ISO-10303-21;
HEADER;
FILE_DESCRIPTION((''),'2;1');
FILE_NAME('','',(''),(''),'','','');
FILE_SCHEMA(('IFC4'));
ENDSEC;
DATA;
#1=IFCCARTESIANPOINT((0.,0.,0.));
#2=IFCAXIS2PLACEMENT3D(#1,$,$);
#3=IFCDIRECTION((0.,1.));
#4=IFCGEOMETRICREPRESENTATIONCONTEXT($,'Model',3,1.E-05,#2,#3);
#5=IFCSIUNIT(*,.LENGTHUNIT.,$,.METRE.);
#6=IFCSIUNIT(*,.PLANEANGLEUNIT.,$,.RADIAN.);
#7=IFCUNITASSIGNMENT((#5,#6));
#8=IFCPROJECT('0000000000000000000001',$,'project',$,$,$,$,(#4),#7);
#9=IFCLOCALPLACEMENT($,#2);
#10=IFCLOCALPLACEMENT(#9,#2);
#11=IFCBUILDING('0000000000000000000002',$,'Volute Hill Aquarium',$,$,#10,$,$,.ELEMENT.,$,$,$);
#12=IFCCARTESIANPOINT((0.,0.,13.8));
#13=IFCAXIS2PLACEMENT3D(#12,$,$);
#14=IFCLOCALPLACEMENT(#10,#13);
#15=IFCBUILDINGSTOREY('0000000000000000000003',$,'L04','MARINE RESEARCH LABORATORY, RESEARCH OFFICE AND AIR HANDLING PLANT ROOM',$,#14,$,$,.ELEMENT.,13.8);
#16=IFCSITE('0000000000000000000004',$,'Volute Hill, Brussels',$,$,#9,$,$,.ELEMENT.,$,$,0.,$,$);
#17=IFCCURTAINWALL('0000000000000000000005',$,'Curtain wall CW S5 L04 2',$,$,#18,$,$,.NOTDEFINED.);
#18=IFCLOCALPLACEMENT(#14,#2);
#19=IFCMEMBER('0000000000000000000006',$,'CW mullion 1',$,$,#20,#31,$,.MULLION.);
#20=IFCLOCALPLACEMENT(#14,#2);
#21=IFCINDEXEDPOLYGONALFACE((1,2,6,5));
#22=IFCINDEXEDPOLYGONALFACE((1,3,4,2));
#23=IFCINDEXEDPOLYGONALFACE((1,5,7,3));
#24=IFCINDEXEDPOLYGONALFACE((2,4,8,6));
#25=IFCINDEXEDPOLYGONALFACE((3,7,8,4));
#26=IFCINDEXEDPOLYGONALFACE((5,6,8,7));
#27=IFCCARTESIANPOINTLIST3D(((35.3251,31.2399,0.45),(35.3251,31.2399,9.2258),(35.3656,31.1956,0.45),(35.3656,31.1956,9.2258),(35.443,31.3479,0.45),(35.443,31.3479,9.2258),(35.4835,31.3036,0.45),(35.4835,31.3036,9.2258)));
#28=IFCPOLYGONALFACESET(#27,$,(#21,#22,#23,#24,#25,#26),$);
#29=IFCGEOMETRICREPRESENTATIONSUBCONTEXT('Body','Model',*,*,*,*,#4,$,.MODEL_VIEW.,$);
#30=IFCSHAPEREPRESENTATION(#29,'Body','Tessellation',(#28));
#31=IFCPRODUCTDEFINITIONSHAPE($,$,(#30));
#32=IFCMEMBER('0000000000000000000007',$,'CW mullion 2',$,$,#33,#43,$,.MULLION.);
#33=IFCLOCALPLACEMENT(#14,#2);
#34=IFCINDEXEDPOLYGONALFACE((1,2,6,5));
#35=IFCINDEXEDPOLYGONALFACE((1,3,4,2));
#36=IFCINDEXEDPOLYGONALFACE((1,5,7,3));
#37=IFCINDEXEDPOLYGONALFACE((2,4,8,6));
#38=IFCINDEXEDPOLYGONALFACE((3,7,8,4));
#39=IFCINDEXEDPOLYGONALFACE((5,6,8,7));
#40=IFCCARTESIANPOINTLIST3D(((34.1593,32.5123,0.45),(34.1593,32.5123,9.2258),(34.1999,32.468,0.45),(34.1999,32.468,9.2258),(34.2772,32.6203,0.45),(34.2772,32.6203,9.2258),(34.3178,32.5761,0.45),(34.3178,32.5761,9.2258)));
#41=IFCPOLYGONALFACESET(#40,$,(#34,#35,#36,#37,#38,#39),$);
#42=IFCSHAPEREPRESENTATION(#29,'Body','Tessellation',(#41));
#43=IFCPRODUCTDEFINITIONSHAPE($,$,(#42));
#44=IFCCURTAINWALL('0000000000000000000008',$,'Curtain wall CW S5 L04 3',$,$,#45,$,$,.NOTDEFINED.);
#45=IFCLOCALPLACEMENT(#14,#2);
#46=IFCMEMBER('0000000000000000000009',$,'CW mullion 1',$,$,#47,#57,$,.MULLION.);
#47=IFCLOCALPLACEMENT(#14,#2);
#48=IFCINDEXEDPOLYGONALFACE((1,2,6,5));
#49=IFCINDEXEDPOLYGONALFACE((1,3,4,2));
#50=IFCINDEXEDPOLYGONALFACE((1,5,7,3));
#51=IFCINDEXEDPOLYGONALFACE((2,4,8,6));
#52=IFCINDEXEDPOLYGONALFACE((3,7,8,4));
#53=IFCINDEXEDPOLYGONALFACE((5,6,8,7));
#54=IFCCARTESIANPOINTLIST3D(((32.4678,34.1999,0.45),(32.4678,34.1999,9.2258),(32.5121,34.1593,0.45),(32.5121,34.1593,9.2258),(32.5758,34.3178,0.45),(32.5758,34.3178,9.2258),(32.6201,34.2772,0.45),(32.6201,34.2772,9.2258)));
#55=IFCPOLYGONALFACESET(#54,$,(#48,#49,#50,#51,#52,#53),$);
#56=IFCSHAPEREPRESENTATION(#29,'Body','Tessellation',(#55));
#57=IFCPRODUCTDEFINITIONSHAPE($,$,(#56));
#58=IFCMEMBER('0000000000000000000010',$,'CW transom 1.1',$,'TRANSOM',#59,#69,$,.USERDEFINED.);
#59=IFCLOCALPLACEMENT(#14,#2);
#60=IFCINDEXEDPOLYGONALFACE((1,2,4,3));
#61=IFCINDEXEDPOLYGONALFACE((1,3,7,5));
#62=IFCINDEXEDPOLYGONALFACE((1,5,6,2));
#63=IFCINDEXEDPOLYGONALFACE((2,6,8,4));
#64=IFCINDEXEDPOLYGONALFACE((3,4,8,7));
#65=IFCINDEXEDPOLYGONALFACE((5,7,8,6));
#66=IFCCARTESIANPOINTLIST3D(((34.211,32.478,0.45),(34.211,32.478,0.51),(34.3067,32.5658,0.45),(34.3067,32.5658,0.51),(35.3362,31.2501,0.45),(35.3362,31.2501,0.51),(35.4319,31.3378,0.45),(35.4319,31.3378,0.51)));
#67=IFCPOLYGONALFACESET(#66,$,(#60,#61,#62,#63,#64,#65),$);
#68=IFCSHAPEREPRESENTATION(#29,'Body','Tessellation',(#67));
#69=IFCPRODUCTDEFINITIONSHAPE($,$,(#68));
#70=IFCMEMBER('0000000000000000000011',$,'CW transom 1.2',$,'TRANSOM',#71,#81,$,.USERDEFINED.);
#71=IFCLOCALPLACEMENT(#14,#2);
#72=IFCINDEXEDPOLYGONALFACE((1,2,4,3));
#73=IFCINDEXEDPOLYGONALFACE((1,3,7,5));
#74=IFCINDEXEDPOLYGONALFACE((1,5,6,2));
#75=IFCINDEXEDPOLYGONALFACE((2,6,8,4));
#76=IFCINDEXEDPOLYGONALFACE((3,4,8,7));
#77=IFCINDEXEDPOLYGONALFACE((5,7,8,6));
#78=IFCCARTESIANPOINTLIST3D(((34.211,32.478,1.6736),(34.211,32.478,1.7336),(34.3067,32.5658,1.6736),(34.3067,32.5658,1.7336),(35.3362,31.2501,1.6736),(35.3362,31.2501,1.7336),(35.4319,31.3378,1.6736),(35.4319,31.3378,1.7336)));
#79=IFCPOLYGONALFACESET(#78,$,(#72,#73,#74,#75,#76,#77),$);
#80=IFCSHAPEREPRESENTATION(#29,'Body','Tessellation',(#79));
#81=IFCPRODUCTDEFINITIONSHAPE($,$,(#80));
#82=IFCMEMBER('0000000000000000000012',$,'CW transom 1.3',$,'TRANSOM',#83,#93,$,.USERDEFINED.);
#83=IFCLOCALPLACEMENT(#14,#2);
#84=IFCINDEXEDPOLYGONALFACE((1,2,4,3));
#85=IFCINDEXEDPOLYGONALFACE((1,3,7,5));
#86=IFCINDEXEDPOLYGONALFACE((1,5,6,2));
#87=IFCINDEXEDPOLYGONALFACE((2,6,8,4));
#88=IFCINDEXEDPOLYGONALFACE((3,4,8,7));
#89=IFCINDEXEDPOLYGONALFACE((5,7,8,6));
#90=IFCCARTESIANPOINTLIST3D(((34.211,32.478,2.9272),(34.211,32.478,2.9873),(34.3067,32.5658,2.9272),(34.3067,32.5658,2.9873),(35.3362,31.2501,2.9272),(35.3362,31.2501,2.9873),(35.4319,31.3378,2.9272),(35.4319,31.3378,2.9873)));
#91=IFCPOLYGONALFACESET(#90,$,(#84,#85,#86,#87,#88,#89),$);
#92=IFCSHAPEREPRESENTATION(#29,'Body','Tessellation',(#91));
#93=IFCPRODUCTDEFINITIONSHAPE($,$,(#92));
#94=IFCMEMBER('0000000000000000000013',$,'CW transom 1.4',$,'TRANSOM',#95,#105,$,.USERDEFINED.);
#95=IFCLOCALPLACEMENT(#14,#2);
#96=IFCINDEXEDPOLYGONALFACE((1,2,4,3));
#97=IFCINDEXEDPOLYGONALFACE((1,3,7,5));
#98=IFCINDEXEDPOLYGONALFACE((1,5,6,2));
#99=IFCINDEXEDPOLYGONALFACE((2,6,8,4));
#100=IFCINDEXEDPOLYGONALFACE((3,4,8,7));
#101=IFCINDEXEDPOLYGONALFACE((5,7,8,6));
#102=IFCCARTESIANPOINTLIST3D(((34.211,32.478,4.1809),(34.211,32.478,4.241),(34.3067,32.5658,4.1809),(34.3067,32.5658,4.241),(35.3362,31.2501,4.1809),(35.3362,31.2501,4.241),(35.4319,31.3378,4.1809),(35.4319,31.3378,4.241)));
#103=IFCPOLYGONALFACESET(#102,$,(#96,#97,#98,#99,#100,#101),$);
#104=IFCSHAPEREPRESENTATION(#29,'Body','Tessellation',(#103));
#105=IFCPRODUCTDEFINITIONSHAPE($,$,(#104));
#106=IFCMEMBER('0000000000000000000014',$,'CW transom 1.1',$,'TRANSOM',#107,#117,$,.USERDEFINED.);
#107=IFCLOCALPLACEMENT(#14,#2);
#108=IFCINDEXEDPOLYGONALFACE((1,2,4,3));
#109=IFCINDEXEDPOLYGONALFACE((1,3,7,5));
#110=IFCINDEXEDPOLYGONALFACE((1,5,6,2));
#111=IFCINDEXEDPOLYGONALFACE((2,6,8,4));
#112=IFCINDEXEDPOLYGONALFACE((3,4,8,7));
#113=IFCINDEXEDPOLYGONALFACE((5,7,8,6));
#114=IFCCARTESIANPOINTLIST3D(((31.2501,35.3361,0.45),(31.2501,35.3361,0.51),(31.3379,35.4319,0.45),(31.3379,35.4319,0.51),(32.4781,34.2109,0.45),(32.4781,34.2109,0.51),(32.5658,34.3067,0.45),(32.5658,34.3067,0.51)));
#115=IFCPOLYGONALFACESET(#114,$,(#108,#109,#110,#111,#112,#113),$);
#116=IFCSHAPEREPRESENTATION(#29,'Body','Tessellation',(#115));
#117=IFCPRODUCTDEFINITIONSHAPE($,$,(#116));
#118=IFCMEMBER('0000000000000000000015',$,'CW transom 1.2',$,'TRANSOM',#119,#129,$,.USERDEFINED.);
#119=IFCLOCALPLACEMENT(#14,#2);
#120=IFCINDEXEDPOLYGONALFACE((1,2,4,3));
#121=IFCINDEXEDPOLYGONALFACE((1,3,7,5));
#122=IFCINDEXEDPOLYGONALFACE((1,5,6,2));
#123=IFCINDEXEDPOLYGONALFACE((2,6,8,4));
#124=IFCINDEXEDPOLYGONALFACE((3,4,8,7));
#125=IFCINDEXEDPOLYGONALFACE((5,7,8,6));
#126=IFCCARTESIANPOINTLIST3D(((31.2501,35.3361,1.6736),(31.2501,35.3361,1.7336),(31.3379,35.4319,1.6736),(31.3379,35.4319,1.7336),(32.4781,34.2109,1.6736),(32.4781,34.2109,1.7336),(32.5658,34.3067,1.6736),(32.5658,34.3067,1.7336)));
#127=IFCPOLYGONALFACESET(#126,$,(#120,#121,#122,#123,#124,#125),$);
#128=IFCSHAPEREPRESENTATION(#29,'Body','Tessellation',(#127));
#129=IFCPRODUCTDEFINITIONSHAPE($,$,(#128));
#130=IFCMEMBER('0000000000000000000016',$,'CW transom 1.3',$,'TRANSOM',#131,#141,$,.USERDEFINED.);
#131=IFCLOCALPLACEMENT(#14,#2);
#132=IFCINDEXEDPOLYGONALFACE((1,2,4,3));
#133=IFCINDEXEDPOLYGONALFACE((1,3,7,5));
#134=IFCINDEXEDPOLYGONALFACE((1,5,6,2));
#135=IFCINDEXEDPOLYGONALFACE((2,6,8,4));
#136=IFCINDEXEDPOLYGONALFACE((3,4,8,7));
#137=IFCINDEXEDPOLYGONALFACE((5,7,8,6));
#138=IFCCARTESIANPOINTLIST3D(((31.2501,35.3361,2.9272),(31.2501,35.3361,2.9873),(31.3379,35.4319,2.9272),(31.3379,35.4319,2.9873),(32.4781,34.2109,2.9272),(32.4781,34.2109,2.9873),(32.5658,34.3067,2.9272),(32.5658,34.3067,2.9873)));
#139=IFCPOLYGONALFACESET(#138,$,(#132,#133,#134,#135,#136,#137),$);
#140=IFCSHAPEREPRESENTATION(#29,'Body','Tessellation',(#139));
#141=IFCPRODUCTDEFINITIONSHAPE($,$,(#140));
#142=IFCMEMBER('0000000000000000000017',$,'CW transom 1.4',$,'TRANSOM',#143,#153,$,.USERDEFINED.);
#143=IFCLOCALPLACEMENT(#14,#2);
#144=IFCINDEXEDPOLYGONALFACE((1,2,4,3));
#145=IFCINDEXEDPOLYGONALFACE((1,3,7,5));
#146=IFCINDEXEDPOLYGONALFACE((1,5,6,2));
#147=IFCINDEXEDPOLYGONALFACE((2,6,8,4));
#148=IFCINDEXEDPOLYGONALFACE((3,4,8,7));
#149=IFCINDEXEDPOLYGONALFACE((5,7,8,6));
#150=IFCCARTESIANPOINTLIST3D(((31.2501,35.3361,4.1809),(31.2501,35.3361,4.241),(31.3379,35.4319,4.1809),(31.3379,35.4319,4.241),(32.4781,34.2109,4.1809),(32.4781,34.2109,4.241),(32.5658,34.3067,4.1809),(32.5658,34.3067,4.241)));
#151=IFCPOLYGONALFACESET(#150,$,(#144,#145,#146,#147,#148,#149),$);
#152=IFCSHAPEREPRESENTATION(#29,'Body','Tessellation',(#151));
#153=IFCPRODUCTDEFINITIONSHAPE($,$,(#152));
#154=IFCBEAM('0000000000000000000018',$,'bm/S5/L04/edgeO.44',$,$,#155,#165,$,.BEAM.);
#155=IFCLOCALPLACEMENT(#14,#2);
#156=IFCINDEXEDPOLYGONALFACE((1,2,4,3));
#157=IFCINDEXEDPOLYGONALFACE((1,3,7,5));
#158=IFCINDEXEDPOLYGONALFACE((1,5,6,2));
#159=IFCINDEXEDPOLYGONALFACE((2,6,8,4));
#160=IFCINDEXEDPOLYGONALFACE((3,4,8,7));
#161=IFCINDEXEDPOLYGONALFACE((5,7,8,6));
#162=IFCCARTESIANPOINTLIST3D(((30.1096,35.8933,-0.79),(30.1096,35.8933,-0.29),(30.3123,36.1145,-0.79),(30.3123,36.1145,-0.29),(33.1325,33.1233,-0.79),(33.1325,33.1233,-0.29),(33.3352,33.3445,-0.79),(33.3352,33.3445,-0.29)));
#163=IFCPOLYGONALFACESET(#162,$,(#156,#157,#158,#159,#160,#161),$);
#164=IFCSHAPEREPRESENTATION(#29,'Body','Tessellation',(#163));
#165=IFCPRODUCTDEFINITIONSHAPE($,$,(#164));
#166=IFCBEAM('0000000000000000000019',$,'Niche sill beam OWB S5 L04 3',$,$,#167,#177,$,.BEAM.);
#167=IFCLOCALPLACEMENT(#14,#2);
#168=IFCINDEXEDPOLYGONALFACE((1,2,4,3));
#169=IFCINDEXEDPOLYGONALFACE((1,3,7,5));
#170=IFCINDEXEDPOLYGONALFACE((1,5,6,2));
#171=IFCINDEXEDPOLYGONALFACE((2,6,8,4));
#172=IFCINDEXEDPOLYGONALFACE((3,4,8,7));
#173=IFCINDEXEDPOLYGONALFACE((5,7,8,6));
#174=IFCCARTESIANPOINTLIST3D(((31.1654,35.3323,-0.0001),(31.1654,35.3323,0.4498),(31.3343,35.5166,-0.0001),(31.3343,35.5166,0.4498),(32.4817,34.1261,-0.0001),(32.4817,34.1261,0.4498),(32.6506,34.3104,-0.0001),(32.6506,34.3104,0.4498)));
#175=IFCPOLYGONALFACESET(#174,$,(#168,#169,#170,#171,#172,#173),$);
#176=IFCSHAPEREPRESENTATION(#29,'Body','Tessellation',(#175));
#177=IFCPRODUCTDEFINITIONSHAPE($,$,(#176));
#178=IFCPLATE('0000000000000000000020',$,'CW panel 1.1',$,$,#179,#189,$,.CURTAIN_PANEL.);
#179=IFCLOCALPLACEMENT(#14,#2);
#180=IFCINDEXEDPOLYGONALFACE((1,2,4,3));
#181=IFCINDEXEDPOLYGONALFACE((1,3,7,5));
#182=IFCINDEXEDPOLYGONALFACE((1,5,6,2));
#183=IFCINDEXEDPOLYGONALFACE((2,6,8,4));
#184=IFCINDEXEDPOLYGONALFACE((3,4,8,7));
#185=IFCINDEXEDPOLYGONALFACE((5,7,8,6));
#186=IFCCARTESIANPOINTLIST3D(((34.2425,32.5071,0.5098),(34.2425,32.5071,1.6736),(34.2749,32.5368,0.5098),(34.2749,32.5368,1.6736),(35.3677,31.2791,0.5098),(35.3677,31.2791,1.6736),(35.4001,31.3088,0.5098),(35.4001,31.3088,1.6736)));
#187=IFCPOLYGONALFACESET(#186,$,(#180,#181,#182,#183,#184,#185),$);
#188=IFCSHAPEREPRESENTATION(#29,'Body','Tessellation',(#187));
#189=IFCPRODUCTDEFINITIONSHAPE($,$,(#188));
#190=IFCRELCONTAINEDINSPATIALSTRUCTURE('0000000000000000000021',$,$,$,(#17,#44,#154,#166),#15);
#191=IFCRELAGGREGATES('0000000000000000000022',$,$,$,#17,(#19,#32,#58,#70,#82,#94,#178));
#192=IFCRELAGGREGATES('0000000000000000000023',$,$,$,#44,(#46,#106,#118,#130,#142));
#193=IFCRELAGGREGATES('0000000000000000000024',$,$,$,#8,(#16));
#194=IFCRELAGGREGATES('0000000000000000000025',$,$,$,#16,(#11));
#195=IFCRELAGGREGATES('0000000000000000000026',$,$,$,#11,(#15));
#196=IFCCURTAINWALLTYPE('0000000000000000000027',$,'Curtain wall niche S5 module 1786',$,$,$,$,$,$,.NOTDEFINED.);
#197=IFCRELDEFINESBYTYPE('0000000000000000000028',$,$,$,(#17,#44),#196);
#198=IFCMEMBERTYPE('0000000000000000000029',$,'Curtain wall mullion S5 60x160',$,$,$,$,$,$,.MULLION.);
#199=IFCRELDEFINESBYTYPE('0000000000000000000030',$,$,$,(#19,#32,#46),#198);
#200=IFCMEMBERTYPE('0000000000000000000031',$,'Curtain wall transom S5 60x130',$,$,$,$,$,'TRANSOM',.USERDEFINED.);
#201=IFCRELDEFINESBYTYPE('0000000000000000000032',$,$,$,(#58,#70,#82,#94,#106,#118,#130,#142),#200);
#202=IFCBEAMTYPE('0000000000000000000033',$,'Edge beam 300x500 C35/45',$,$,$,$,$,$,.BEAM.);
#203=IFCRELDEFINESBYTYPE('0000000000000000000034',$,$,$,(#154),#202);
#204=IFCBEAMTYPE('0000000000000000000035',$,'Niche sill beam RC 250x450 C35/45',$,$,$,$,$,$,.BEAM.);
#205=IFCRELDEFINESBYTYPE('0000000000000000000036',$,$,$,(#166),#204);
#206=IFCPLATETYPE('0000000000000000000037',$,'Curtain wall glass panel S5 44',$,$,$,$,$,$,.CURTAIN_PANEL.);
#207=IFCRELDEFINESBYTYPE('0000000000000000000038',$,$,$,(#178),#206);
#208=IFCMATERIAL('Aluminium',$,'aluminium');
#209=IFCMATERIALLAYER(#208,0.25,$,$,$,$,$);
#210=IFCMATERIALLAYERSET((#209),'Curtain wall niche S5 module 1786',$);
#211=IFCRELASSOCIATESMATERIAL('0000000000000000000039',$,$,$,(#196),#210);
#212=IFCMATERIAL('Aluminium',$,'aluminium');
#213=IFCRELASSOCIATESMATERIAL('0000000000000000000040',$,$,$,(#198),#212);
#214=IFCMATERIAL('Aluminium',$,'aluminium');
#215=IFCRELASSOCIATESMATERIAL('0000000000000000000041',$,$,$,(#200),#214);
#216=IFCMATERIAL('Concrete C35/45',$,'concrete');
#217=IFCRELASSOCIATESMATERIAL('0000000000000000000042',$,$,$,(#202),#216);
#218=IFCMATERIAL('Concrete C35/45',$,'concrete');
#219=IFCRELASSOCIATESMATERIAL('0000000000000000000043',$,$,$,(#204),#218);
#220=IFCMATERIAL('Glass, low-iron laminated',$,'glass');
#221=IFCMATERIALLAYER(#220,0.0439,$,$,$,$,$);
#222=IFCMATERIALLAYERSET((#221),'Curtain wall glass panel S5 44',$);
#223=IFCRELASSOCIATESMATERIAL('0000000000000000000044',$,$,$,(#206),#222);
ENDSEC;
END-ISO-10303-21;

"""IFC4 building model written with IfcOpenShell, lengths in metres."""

from ifc_helpers import new_model, si_unit, direction, frame, origin, origin_2d, place, context, subcontext, project, spatial, rectangle, extrude, material, layer, layer_set, material_profile, profile_set, type_object, element, aggregate, save


model = new_model("IFC4")

# Units and contexts
model_context = context("Model", 3, precision=1e-05, world=origin(), true_north=direction((0.0, 1.0)))
body_context = subcontext(model_context, "Body", "Model", "MODEL_VIEW")
ifc_project = project(units=[si_unit("LENGTHUNIT", "METRE"), si_unit("PLANEANGLEUNIT", "RADIAN")], contexts=[model_context])

# Site, building, storey
site_placement = place(None, origin())
site = spatial("IfcSite", under=ifc_project, at=site_placement, Name="Volute Hill, Brussels", CompositionType="ELEMENT", RefElevation=0.0)
building_placement = place(site_placement, origin())
building = spatial("IfcBuilding", under=site, at=building_placement, Name="Volute Hill Aquarium", CompositionType="ELEMENT")
storey_placement = place(building_placement, frame((0.0, 0.0, 13.8)))
storey = spatial("IfcBuildingStorey", under=building, at=storey_placement, Name="L04", Description="MARINE RESEARCH LABORATORY, RESEARCH OFFICE AND AIR HANDLING PLANT ROOM", CompositionType="ELEMENT", Elevation=13.8)

# Curtain wall, members
ifc_material_1 = material(Name="Aluminium", Category="aluminium")
ifc_layer_1 = layer(ifc_material_1, 0.25)
ifc_layer_set_1 = layer_set([ifc_layer_1], Name="Curtain wall niche S5 module 1786")
curtain_wall_type = type_object("IfcCurtainWallType", Name="Curtain wall niche S5 module 1786", PredefinedType="NOTDEFINED", material=ifc_layer_set_1)
curtain_wall_1_placement = place(storey_placement, origin())
curtain_wall_1 = element("IfcCurtainWall", 1, at=curtain_wall_1_placement, inside=storey, type_object=curtain_wall_type, Name="Curtain wall CW S5 L04 2", PredefinedType="NOTDEFINED")
ifc_material_2 = material(Name="Aluminium", Category="aluminium")
ifc_material_profile_1 = material_profile(ifc_material_2, rectangle(XDim=0.1599, YDim=0.0601, at=origin_2d()), Name="Curtain wall mullion S5 60x160")
ifc_profile_set_1 = profile_set([ifc_material_profile_1], Name="Aluminium")
member_type_1 = type_object("IfcMemberType", Name="Curtain wall mullion S5 60x160", PredefinedType="MULLION", material=ifc_profile_set_1)
member_1_placement = place(storey_placement, frame((35.4043, 31.2717, 0.45), z_axis=(0.0, 0.0, 1.0), x_axis=(-0.737282, -0.675585, 0.0)))
member_1 = element("IfcMember", 2, at=member_1_placement, type_object=member_type_1, Name="CW mullion 1", PredefinedType="MULLION", context=body_context, shape_type="SweptSolid", body=[
    extrude(rectangle(XDim=0.1599, YDim=0.0601, at=origin_2d()), origin(), (0.0, 0.0, 1.0), 8.7759),
])
member_2_placement = place(storey_placement, frame((34.2385, 32.5442, 0.45), z_axis=(0.0, 0.0, 1.0), x_axis=(-0.737282, -0.675585, 0.0)))
member_2 = element("IfcMember", 3, at=member_2_placement, type_object=member_type_1, Name="CW mullion 2", PredefinedType="MULLION", context=body_context, shape_type="SweptSolid", body=[
    extrude(rectangle(XDim=0.1599, YDim=0.0601, at=origin_2d()), origin(), (0.0, 0.0, 1.0), 8.7759),
])

# Curtain wall, member
curtain_wall_2_placement = place(storey_placement, origin())
curtain_wall_2 = element("IfcCurtainWall", 4, at=curtain_wall_2_placement, inside=storey, type_object=curtain_wall_type, Name="Curtain wall CW S5 L04 3", PredefinedType="NOTDEFINED")
member_3_placement = place(storey_placement, frame((32.5439, 34.2385, 0.45), z_axis=(0.0, 0.0, 1.0), x_axis=(-0.675585, -0.737282, 0.0)))
member_3 = element("IfcMember", 5, at=member_3_placement, type_object=member_type_1, Name="CW mullion 1", PredefinedType="MULLION", context=body_context, shape_type="SweptSolid", body=[
    extrude(rectangle(XDim=0.1599, YDim=0.0601, at=origin_2d()), origin(), (0.0, 0.0, 1.0), 8.7759),
])

# Members
ifc_material_3 = material(Name="Aluminium", Category="aluminium")
ifc_material_profile_2 = material_profile(ifc_material_3, rectangle(XDim=0.1299, YDim=0.0601, at=origin_2d()), Name="Curtain wall transom S5 60x130")
ifc_profile_set_2 = profile_set([ifc_material_profile_2], Name="Aluminium")
member_type_2 = type_object("IfcMemberType", Name="Curtain wall transom S5 60x130", ElementType="TRANSOM", PredefinedType="USERDEFINED", material=ifc_profile_set_2)
member_4_placement = place(storey_placement, frame((35.384, 31.2939, 0.48), z_axis=(-0.675579, 0.737288, 0.0), x_axis=(-0.737288, -0.675579, 0.0)))
member_4 = element("IfcMember", 6, at=member_4_placement, type_object=member_type_2, Name="CW transom 1.1", ObjectType="TRANSOM", PredefinedType="USERDEFINED", context=body_context, shape_type="SweptSolid", body=[
    extrude(rectangle(XDim=0.1299, YDim=0.0601, at=origin_2d()), origin(), (0.0, 0.0, 1.0), 1.6655),
])
member_5_placement = place(storey_placement, frame((35.384, 31.2939, 1.7036), z_axis=(-0.675579, 0.737288, 0.0), x_axis=(-0.737288, -0.675579, 0.0)))
member_5 = element("IfcMember", 7, at=member_5_placement, type_object=member_type_2, Name="CW transom 1.2", ObjectType="TRANSOM", PredefinedType="USERDEFINED", context=body_context, shape_type="SweptSolid", body=[
    extrude(rectangle(XDim=0.1299, YDim=0.0601, at=origin_2d()), origin(), (0.0, 0.0, 1.0), 1.6655),
])
member_6_placement = place(storey_placement, frame((35.384, 31.2939, 2.9573), z_axis=(-0.675579, 0.737288, 0.0), x_axis=(-0.737288, -0.675579, 0.0)))
member_6 = element("IfcMember", 8, at=member_6_placement, type_object=member_type_2, Name="CW transom 1.3", ObjectType="TRANSOM", PredefinedType="USERDEFINED", context=body_context, shape_type="SweptSolid", body=[
    extrude(rectangle(XDim=0.1299, YDim=0.0601, at=origin_2d()), origin(), (0.0, 0.0, 1.0), 1.6655),
])
member_7_placement = place(storey_placement, frame((35.384, 31.2939, 4.2109), z_axis=(-0.675579, 0.737288, 0.0), x_axis=(-0.737288, -0.675579, 0.0)))
member_7 = element("IfcMember", 9, at=member_7_placement, type_object=member_type_2, Name="CW transom 1.4", ObjectType="TRANSOM", PredefinedType="USERDEFINED", context=body_context, shape_type="SweptSolid", body=[
    extrude(rectangle(XDim=0.1299, YDim=0.0601, at=origin_2d()), origin(), (0.0, 0.0, 1.0), 1.6655),
])
member_8_placement = place(storey_placement, frame((32.522, 34.2588, 0.48), z_axis=(-0.737288, 0.675579, 0.0), x_axis=(-0.675579, -0.737288, 0.0)))
member_8 = element("IfcMember", 10, at=member_8_placement, type_object=member_type_2, Name="CW transom 1.1", ObjectType="TRANSOM", PredefinedType="USERDEFINED", context=body_context, shape_type="SweptSolid", body=[
    extrude(rectangle(XDim=0.1299, YDim=0.0601, at=origin_2d()), origin(), (0.0, 0.0, 1.0), 1.6655),
])
member_9_placement = place(storey_placement, frame((32.522, 34.2588, 1.7036), z_axis=(-0.737288, 0.675579, 0.0), x_axis=(-0.675579, -0.737288, 0.0)))
member_9 = element("IfcMember", 11, at=member_9_placement, type_object=member_type_2, Name="CW transom 1.2", ObjectType="TRANSOM", PredefinedType="USERDEFINED", context=body_context, shape_type="SweptSolid", body=[
    extrude(rectangle(XDim=0.1299, YDim=0.0601, at=origin_2d()), origin(), (0.0, 0.0, 1.0), 1.6655),
])
member_10_placement = place(storey_placement, frame((32.522, 34.2588, 2.9573), z_axis=(-0.737288, 0.675579, 0.0), x_axis=(-0.675579, -0.737288, 0.0)))
member_10 = element("IfcMember", 12, at=member_10_placement, type_object=member_type_2, Name="CW transom 1.3", ObjectType="TRANSOM", PredefinedType="USERDEFINED", context=body_context, shape_type="SweptSolid", body=[
    extrude(rectangle(XDim=0.1299, YDim=0.0601, at=origin_2d()), origin(), (0.0, 0.0, 1.0), 1.6655),
])
member_11_placement = place(storey_placement, frame((32.522, 34.2588, 4.2109), z_axis=(-0.737288, 0.675579, 0.0), x_axis=(-0.675579, -0.737288, 0.0)))
member_11 = element("IfcMember", 13, at=member_11_placement, type_object=member_type_2, Name="CW transom 1.4", ObjectType="TRANSOM", PredefinedType="USERDEFINED", context=body_context, shape_type="SweptSolid", body=[
    extrude(rectangle(XDim=0.1299, YDim=0.0601, at=origin_2d()), origin(), (0.0, 0.0, 1.0), 1.6655),
])

# Beams
ifc_material_4 = material(Name="Concrete C35/45", Category="concrete")
ifc_material_profile_3 = material_profile(ifc_material_4, rectangle(XDim=0.3, YDim=0.5, at=origin_2d()), Name="RC edge beam 300x500")
ifc_profile_set_3 = profile_set([ifc_material_profile_3], Name="Concrete C35/45")
beam_type_1 = type_object("IfcBeamType", Name="Edge beam 300x500 C35/45", PredefinedType="BEAM", material=ifc_profile_set_3)
beam_1_placement = place(storey_placement, frame((33.2339, 33.2339, -0.54), z_axis=(-0.737278, 0.67559, 0.0), x_axis=(-0.67559, -0.737278, 0.0)))
element("IfcBeam", 14, at=beam_1_placement, inside=storey, type_object=beam_type_1, Name="bm/S5/L04/edgeO.44", PredefinedType="BEAM", context=body_context, shape_type="SweptSolid", body=[
    extrude(rectangle(XDim=0.3, YDim=0.5, at=origin_2d()), origin(), (0.0, 0.0, 1.0), 4.1001),
])
ifc_material_5 = material(Name="Concrete C35/45", Category="concrete")
ifc_material_profile_4 = material_profile(ifc_material_5, rectangle(XDim=0.25, YDim=0.45, at=origin_2d()), Name="RC beam 250x450")
ifc_profile_set_4 = profile_set([ifc_material_profile_4], Name="Concrete C35/45")
beam_type_2 = type_object("IfcBeamType", Name="Niche sill beam RC 250x450 C35/45", PredefinedType="BEAM", material=ifc_profile_set_4)
beam_2_placement = place(storey_placement, frame((32.5662, 34.2183, 0.2249), z_axis=(-0.737268, 0.675601, 0.0), x_axis=(-0.675601, -0.737268, 0.0)))
element("IfcBeam", 15, at=beam_2_placement, inside=storey, type_object=beam_type_2, Name="Niche sill beam OWB S5 L04 3", PredefinedType="BEAM", context=body_context, shape_type="SweptSolid", body=[
    extrude(rectangle(XDim=0.25, YDim=0.45, at=origin_2d()), origin(), (0.0, 0.0, 1.0), 1.7854),
])

# Plate
ifc_material_6 = material(Name="Glass, low-iron laminated", Category="glass")
ifc_layer_2 = layer(ifc_material_6, 0.0439)
ifc_layer_set_2 = layer_set([ifc_layer_2], Name="Curtain wall glass panel S5 44")
plate_type = type_object("IfcPlateType", Name="Curtain wall glass panel S5 44", PredefinedType="CURTAIN_PANEL", material=ifc_layer_set_2)
plate_1_placement = place(storey_placement, frame((34.8213, 31.908, 0.5098), z_axis=(0.0, 0.0, 1.0), x_axis=(-0.675585, 0.737282, 0.0)))
plate_1 = element("IfcPlate", 16, at=plate_1_placement, type_object=plate_type, Name="CW panel 1.1", PredefinedType="CURTAIN_PANEL", context=body_context, shape_type="SweptSolid", body=[
    extrude(rectangle(XDim=1.6655, YDim=0.0439, at=origin_2d()), origin(), (0.0, 0.0, 1.0), 1.1638),
])
aggregate(curtain_wall_1, [member_1, member_2, member_4, member_5, member_6, member_7, plate_1])
aggregate(curtain_wall_2, [member_3, member_8, member_9, member_10, member_11])

save(model, "model.ifc")
